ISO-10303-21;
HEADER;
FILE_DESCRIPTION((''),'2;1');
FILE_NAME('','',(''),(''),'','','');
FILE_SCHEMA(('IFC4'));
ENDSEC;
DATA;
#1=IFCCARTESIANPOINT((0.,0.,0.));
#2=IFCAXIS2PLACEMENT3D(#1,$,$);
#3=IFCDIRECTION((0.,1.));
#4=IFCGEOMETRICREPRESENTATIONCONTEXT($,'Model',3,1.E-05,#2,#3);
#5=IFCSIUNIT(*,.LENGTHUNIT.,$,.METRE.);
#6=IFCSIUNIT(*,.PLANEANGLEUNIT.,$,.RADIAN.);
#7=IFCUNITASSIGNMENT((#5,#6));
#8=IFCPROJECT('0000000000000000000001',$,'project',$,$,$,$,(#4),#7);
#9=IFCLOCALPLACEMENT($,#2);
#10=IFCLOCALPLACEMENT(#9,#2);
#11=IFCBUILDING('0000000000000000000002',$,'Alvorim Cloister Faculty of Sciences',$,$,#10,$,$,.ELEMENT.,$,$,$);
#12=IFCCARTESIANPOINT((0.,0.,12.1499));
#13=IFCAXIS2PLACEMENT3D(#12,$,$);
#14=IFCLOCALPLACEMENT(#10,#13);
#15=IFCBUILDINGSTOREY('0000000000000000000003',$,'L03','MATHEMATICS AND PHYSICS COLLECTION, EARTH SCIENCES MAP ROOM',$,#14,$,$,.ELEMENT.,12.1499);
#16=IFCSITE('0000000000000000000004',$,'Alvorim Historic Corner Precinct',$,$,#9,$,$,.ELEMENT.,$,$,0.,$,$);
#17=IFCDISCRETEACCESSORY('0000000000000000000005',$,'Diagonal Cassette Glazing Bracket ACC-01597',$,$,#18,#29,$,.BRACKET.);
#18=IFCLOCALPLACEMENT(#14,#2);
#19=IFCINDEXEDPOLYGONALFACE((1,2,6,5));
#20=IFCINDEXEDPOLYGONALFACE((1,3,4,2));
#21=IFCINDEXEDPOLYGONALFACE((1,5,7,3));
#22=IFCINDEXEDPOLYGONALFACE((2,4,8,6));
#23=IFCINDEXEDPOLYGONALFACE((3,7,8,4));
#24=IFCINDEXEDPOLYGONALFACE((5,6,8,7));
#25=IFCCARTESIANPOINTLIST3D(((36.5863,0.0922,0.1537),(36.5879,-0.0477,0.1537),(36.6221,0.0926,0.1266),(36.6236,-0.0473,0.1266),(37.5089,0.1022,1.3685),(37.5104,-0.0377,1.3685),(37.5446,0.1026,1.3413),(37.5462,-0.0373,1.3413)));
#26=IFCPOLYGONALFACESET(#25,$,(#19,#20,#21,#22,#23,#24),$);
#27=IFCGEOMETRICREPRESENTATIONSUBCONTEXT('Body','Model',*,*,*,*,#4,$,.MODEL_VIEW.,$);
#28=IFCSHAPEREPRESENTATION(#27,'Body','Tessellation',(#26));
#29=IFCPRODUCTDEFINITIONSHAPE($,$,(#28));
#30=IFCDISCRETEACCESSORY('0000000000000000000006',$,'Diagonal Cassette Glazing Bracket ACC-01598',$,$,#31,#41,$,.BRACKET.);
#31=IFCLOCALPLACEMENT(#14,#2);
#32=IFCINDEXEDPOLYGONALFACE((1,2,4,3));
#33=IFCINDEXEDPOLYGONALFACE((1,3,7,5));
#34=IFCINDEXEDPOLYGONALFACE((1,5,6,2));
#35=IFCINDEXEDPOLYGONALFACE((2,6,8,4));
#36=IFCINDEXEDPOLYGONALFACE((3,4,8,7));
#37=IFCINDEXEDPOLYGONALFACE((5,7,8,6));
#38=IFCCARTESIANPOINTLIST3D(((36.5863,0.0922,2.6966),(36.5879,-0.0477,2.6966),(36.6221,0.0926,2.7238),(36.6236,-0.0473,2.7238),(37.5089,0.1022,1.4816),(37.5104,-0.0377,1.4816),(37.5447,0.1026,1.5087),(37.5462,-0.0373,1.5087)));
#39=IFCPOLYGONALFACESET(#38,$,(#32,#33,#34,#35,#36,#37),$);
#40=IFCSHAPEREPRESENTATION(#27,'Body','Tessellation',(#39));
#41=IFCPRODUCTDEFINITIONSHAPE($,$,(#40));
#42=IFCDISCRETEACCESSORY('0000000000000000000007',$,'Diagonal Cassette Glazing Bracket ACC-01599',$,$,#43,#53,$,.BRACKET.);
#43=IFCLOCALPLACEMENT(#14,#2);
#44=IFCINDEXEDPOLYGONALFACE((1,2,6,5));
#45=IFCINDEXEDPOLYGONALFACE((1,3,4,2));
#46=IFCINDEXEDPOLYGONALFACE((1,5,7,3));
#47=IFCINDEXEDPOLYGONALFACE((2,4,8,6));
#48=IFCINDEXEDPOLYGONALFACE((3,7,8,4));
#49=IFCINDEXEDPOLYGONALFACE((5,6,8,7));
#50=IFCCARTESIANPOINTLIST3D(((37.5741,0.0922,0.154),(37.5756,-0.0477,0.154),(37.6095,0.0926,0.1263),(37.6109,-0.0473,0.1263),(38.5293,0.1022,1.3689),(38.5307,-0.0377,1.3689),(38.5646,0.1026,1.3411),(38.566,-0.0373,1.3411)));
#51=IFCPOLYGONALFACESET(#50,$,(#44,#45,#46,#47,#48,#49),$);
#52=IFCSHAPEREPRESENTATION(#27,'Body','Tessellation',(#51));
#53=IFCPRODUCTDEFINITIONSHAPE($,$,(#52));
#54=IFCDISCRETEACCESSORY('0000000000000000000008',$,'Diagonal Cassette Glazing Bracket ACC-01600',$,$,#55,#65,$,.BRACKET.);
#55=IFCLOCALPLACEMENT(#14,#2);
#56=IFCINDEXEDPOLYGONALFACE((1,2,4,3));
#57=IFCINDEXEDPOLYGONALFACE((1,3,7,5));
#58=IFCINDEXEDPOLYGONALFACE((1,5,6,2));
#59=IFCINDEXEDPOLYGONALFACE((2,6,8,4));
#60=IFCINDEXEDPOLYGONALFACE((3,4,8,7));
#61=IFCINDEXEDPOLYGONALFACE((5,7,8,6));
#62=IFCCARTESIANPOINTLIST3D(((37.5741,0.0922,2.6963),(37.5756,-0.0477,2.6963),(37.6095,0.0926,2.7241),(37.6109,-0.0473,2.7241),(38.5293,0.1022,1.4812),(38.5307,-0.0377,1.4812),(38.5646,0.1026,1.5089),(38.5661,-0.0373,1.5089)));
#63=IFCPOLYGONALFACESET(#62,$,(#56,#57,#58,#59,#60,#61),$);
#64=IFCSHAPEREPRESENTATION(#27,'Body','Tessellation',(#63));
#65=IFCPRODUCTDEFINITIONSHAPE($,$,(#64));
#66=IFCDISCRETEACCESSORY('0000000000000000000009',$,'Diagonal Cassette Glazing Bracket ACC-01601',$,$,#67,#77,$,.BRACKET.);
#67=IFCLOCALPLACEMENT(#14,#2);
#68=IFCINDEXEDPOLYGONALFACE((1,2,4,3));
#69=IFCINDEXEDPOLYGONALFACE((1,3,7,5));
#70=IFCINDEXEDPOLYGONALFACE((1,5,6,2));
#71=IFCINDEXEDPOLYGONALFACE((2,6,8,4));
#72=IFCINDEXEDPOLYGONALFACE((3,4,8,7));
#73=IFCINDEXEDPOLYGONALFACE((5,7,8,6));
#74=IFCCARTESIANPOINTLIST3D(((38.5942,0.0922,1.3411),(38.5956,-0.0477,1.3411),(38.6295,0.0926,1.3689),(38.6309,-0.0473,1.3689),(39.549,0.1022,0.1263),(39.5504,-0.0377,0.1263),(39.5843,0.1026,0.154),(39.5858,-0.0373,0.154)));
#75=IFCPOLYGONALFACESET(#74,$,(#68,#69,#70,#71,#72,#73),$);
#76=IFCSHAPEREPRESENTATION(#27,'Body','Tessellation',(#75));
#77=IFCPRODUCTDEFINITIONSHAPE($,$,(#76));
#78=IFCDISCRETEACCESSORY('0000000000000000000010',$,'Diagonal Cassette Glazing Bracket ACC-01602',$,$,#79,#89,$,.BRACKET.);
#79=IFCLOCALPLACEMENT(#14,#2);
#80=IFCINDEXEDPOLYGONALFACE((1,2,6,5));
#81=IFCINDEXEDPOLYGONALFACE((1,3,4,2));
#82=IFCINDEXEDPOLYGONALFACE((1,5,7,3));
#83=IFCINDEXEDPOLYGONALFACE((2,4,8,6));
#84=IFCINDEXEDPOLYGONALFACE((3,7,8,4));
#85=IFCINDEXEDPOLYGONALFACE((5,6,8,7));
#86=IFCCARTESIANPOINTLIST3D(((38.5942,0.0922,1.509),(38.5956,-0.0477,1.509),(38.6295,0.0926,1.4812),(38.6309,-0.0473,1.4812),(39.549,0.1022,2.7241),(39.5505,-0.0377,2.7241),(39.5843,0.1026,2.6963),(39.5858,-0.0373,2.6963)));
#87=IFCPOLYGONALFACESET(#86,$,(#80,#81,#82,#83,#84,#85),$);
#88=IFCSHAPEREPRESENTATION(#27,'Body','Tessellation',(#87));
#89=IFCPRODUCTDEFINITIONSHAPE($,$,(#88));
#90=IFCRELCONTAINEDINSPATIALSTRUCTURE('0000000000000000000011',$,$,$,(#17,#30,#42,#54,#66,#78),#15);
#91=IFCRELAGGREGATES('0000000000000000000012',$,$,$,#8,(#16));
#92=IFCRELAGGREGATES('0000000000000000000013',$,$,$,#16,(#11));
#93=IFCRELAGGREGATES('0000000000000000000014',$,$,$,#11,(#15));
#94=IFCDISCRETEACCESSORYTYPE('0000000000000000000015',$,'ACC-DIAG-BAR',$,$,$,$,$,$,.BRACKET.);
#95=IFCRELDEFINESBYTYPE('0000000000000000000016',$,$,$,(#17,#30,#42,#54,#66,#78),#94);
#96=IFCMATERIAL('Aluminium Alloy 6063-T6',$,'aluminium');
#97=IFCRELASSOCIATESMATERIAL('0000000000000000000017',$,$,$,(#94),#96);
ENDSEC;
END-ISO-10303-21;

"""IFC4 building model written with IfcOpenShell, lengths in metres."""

from ifc_helpers import new_model, si_unit, direction, frame, origin, origin_2d, place, context, subcontext, project, spatial, rectangle, extrude, material, type_object, element, save


model = new_model("IFC4")

# Units and contexts
model_context = context("Model", 3, precision=1e-05, world=origin(), true_north=direction((0.0, 1.0)))
body_context = subcontext(model_context, "Body", "Model", "MODEL_VIEW")
ifc_project = project(units=[si_unit("LENGTHUNIT", "METRE"), si_unit("PLANEANGLEUNIT", "RADIAN")], contexts=[model_context])

# Site, building, storey
site_placement = place(None, origin())
site = spatial("IfcSite", under=ifc_project, at=site_placement, Name="Alvorim Historic Corner Precinct", CompositionType="ELEMENT", RefElevation=0.0)
building_placement = place(site_placement, origin())
building = spatial("IfcBuilding", under=site, at=building_placement, Name="Alvorim Cloister Faculty of Sciences", CompositionType="ELEMENT")
storey_placement = place(building_placement, frame((0.0, 0.0, 12.1499)))
storey = spatial("IfcBuildingStorey", under=building, at=storey_placement, Name="L03", Description="MATHEMATICS AND PHYSICS COLLECTION, EARTH SCIENCES MAP ROOM", CompositionType="ELEMENT", Elevation=12.1499)

# Shared definitions
ifc_material_1 = material(Name="Aluminium Alloy 6063-T6", Category="aluminium")

# Discrete accessories
discrete_accessory_type = type_object("IfcDiscreteAccessoryType", Name="ACC-DIAG-BAR", PredefinedType="BRACKET", material=ifc_material_1)
discrete_accessory_1_placement = place(storey_placement, frame((36.605, 0.0225, 0.1401), z_axis=(0.60479, 0.006562, 0.796358), x_axis=(-0.010849, 0.999941, 0.0)))
element("IfcDiscreteAccessory", 1, at=discrete_accessory_1_placement, inside=storey, type_object=discrete_accessory_type, Name="Diagonal Cassette Glazing Bracket ACC-01597", PredefinedType="BRACKET", context=body_context, shape_type="SweptSolid", body=[
    extrude(rectangle(XDim=0.1399, YDim=0.0449, at=origin_2d()), origin(), (0.0, 0.0, 1.0), 1.5254),
])
discrete_accessory_2_placement = place(storey_placement, frame((36.605, 0.0225, 2.7102), z_axis=(0.604713, 0.006561, -0.796416), x_axis=(-0.010849, 0.999941, 0.0)))
element("IfcDiscreteAccessory", 2, at=discrete_accessory_2_placement, inside=storey, type_object=discrete_accessory_type, Name="Diagonal Cassette Glazing Bracket ACC-01598", PredefinedType="BRACKET", context=body_context, shape_type="SweptSolid", body=[
    extrude(rectangle(XDim=0.1399, YDim=0.0449, at=origin_2d()), origin(), (0.0, 0.0, 1.0), 1.5256),
])
discrete_accessory_3_placement = place(storey_placement, frame((37.5925, 0.0225, 0.1401), z_axis=(0.618032, 0.006477, 0.786126), x_axis=(-0.01048, 0.999945, 0.0)))
element("IfcDiscreteAccessory", 3, at=discrete_accessory_3_placement, inside=storey, type_object=discrete_accessory_type, Name="Diagonal Cassette Glazing Bracket ACC-01599", PredefinedType="BRACKET", context=body_context, shape_type="SweptSolid", body=[
    extrude(rectangle(XDim=0.1399, YDim=0.0449, at=origin_2d()), origin(), (0.0, 0.0, 1.0), 1.5454),
])
discrete_accessory_4_placement = place(storey_placement, frame((37.5925, 0.0225, 2.7102), z_axis=(0.617955, 0.006477, -0.786187), x_axis=(-0.01048, 0.999945, 0.0)))
element("IfcDiscreteAccessory", 4, at=discrete_accessory_4_placement, inside=storey, type_object=discrete_accessory_type, Name="Diagonal Cassette Glazing Bracket ACC-01600", PredefinedType="BRACKET", context=body_context, shape_type="SweptSolid", body=[
    extrude(rectangle(XDim=0.1399, YDim=0.0449, at=origin_2d()), origin(), (0.0, 0.0, 1.0), 1.5457),
])
discrete_accessory_5_placement = place(storey_placement, frame((38.6125, 0.0225, 1.355), z_axis=(0.617934, 0.006478, -0.786203), x_axis=(-0.010483, 0.999945, 0.0)))
element("IfcDiscreteAccessory", 5, at=discrete_accessory_5_placement, inside=storey, type_object=discrete_accessory_type, Name="Diagonal Cassette Glazing Bracket ACC-01601", PredefinedType="BRACKET", context=body_context, shape_type="SweptSolid", body=[
    extrude(rectangle(XDim=0.1399, YDim=0.0449, at=origin_2d()), origin(), (0.0, 0.0, 1.0), 1.5452),
])
discrete_accessory_6_placement = place(storey_placement, frame((38.6125, 0.0225, 1.4951), z_axis=(0.617857, 0.006477, 0.786263), x_axis=(-0.010483, 0.999945, 0.0)))
element("IfcDiscreteAccessory", 6, at=discrete_accessory_6_placement, inside=storey, type_object=discrete_accessory_type, Name="Diagonal Cassette Glazing Bracket ACC-01602", PredefinedType="BRACKET", context=body_context, shape_type="SweptSolid", body=[
    extrude(rectangle(XDim=0.1399, YDim=0.0449, at=origin_2d()), origin(), (0.0, 0.0, 1.0), 1.5454),
])

save(model, "model.ifc")
